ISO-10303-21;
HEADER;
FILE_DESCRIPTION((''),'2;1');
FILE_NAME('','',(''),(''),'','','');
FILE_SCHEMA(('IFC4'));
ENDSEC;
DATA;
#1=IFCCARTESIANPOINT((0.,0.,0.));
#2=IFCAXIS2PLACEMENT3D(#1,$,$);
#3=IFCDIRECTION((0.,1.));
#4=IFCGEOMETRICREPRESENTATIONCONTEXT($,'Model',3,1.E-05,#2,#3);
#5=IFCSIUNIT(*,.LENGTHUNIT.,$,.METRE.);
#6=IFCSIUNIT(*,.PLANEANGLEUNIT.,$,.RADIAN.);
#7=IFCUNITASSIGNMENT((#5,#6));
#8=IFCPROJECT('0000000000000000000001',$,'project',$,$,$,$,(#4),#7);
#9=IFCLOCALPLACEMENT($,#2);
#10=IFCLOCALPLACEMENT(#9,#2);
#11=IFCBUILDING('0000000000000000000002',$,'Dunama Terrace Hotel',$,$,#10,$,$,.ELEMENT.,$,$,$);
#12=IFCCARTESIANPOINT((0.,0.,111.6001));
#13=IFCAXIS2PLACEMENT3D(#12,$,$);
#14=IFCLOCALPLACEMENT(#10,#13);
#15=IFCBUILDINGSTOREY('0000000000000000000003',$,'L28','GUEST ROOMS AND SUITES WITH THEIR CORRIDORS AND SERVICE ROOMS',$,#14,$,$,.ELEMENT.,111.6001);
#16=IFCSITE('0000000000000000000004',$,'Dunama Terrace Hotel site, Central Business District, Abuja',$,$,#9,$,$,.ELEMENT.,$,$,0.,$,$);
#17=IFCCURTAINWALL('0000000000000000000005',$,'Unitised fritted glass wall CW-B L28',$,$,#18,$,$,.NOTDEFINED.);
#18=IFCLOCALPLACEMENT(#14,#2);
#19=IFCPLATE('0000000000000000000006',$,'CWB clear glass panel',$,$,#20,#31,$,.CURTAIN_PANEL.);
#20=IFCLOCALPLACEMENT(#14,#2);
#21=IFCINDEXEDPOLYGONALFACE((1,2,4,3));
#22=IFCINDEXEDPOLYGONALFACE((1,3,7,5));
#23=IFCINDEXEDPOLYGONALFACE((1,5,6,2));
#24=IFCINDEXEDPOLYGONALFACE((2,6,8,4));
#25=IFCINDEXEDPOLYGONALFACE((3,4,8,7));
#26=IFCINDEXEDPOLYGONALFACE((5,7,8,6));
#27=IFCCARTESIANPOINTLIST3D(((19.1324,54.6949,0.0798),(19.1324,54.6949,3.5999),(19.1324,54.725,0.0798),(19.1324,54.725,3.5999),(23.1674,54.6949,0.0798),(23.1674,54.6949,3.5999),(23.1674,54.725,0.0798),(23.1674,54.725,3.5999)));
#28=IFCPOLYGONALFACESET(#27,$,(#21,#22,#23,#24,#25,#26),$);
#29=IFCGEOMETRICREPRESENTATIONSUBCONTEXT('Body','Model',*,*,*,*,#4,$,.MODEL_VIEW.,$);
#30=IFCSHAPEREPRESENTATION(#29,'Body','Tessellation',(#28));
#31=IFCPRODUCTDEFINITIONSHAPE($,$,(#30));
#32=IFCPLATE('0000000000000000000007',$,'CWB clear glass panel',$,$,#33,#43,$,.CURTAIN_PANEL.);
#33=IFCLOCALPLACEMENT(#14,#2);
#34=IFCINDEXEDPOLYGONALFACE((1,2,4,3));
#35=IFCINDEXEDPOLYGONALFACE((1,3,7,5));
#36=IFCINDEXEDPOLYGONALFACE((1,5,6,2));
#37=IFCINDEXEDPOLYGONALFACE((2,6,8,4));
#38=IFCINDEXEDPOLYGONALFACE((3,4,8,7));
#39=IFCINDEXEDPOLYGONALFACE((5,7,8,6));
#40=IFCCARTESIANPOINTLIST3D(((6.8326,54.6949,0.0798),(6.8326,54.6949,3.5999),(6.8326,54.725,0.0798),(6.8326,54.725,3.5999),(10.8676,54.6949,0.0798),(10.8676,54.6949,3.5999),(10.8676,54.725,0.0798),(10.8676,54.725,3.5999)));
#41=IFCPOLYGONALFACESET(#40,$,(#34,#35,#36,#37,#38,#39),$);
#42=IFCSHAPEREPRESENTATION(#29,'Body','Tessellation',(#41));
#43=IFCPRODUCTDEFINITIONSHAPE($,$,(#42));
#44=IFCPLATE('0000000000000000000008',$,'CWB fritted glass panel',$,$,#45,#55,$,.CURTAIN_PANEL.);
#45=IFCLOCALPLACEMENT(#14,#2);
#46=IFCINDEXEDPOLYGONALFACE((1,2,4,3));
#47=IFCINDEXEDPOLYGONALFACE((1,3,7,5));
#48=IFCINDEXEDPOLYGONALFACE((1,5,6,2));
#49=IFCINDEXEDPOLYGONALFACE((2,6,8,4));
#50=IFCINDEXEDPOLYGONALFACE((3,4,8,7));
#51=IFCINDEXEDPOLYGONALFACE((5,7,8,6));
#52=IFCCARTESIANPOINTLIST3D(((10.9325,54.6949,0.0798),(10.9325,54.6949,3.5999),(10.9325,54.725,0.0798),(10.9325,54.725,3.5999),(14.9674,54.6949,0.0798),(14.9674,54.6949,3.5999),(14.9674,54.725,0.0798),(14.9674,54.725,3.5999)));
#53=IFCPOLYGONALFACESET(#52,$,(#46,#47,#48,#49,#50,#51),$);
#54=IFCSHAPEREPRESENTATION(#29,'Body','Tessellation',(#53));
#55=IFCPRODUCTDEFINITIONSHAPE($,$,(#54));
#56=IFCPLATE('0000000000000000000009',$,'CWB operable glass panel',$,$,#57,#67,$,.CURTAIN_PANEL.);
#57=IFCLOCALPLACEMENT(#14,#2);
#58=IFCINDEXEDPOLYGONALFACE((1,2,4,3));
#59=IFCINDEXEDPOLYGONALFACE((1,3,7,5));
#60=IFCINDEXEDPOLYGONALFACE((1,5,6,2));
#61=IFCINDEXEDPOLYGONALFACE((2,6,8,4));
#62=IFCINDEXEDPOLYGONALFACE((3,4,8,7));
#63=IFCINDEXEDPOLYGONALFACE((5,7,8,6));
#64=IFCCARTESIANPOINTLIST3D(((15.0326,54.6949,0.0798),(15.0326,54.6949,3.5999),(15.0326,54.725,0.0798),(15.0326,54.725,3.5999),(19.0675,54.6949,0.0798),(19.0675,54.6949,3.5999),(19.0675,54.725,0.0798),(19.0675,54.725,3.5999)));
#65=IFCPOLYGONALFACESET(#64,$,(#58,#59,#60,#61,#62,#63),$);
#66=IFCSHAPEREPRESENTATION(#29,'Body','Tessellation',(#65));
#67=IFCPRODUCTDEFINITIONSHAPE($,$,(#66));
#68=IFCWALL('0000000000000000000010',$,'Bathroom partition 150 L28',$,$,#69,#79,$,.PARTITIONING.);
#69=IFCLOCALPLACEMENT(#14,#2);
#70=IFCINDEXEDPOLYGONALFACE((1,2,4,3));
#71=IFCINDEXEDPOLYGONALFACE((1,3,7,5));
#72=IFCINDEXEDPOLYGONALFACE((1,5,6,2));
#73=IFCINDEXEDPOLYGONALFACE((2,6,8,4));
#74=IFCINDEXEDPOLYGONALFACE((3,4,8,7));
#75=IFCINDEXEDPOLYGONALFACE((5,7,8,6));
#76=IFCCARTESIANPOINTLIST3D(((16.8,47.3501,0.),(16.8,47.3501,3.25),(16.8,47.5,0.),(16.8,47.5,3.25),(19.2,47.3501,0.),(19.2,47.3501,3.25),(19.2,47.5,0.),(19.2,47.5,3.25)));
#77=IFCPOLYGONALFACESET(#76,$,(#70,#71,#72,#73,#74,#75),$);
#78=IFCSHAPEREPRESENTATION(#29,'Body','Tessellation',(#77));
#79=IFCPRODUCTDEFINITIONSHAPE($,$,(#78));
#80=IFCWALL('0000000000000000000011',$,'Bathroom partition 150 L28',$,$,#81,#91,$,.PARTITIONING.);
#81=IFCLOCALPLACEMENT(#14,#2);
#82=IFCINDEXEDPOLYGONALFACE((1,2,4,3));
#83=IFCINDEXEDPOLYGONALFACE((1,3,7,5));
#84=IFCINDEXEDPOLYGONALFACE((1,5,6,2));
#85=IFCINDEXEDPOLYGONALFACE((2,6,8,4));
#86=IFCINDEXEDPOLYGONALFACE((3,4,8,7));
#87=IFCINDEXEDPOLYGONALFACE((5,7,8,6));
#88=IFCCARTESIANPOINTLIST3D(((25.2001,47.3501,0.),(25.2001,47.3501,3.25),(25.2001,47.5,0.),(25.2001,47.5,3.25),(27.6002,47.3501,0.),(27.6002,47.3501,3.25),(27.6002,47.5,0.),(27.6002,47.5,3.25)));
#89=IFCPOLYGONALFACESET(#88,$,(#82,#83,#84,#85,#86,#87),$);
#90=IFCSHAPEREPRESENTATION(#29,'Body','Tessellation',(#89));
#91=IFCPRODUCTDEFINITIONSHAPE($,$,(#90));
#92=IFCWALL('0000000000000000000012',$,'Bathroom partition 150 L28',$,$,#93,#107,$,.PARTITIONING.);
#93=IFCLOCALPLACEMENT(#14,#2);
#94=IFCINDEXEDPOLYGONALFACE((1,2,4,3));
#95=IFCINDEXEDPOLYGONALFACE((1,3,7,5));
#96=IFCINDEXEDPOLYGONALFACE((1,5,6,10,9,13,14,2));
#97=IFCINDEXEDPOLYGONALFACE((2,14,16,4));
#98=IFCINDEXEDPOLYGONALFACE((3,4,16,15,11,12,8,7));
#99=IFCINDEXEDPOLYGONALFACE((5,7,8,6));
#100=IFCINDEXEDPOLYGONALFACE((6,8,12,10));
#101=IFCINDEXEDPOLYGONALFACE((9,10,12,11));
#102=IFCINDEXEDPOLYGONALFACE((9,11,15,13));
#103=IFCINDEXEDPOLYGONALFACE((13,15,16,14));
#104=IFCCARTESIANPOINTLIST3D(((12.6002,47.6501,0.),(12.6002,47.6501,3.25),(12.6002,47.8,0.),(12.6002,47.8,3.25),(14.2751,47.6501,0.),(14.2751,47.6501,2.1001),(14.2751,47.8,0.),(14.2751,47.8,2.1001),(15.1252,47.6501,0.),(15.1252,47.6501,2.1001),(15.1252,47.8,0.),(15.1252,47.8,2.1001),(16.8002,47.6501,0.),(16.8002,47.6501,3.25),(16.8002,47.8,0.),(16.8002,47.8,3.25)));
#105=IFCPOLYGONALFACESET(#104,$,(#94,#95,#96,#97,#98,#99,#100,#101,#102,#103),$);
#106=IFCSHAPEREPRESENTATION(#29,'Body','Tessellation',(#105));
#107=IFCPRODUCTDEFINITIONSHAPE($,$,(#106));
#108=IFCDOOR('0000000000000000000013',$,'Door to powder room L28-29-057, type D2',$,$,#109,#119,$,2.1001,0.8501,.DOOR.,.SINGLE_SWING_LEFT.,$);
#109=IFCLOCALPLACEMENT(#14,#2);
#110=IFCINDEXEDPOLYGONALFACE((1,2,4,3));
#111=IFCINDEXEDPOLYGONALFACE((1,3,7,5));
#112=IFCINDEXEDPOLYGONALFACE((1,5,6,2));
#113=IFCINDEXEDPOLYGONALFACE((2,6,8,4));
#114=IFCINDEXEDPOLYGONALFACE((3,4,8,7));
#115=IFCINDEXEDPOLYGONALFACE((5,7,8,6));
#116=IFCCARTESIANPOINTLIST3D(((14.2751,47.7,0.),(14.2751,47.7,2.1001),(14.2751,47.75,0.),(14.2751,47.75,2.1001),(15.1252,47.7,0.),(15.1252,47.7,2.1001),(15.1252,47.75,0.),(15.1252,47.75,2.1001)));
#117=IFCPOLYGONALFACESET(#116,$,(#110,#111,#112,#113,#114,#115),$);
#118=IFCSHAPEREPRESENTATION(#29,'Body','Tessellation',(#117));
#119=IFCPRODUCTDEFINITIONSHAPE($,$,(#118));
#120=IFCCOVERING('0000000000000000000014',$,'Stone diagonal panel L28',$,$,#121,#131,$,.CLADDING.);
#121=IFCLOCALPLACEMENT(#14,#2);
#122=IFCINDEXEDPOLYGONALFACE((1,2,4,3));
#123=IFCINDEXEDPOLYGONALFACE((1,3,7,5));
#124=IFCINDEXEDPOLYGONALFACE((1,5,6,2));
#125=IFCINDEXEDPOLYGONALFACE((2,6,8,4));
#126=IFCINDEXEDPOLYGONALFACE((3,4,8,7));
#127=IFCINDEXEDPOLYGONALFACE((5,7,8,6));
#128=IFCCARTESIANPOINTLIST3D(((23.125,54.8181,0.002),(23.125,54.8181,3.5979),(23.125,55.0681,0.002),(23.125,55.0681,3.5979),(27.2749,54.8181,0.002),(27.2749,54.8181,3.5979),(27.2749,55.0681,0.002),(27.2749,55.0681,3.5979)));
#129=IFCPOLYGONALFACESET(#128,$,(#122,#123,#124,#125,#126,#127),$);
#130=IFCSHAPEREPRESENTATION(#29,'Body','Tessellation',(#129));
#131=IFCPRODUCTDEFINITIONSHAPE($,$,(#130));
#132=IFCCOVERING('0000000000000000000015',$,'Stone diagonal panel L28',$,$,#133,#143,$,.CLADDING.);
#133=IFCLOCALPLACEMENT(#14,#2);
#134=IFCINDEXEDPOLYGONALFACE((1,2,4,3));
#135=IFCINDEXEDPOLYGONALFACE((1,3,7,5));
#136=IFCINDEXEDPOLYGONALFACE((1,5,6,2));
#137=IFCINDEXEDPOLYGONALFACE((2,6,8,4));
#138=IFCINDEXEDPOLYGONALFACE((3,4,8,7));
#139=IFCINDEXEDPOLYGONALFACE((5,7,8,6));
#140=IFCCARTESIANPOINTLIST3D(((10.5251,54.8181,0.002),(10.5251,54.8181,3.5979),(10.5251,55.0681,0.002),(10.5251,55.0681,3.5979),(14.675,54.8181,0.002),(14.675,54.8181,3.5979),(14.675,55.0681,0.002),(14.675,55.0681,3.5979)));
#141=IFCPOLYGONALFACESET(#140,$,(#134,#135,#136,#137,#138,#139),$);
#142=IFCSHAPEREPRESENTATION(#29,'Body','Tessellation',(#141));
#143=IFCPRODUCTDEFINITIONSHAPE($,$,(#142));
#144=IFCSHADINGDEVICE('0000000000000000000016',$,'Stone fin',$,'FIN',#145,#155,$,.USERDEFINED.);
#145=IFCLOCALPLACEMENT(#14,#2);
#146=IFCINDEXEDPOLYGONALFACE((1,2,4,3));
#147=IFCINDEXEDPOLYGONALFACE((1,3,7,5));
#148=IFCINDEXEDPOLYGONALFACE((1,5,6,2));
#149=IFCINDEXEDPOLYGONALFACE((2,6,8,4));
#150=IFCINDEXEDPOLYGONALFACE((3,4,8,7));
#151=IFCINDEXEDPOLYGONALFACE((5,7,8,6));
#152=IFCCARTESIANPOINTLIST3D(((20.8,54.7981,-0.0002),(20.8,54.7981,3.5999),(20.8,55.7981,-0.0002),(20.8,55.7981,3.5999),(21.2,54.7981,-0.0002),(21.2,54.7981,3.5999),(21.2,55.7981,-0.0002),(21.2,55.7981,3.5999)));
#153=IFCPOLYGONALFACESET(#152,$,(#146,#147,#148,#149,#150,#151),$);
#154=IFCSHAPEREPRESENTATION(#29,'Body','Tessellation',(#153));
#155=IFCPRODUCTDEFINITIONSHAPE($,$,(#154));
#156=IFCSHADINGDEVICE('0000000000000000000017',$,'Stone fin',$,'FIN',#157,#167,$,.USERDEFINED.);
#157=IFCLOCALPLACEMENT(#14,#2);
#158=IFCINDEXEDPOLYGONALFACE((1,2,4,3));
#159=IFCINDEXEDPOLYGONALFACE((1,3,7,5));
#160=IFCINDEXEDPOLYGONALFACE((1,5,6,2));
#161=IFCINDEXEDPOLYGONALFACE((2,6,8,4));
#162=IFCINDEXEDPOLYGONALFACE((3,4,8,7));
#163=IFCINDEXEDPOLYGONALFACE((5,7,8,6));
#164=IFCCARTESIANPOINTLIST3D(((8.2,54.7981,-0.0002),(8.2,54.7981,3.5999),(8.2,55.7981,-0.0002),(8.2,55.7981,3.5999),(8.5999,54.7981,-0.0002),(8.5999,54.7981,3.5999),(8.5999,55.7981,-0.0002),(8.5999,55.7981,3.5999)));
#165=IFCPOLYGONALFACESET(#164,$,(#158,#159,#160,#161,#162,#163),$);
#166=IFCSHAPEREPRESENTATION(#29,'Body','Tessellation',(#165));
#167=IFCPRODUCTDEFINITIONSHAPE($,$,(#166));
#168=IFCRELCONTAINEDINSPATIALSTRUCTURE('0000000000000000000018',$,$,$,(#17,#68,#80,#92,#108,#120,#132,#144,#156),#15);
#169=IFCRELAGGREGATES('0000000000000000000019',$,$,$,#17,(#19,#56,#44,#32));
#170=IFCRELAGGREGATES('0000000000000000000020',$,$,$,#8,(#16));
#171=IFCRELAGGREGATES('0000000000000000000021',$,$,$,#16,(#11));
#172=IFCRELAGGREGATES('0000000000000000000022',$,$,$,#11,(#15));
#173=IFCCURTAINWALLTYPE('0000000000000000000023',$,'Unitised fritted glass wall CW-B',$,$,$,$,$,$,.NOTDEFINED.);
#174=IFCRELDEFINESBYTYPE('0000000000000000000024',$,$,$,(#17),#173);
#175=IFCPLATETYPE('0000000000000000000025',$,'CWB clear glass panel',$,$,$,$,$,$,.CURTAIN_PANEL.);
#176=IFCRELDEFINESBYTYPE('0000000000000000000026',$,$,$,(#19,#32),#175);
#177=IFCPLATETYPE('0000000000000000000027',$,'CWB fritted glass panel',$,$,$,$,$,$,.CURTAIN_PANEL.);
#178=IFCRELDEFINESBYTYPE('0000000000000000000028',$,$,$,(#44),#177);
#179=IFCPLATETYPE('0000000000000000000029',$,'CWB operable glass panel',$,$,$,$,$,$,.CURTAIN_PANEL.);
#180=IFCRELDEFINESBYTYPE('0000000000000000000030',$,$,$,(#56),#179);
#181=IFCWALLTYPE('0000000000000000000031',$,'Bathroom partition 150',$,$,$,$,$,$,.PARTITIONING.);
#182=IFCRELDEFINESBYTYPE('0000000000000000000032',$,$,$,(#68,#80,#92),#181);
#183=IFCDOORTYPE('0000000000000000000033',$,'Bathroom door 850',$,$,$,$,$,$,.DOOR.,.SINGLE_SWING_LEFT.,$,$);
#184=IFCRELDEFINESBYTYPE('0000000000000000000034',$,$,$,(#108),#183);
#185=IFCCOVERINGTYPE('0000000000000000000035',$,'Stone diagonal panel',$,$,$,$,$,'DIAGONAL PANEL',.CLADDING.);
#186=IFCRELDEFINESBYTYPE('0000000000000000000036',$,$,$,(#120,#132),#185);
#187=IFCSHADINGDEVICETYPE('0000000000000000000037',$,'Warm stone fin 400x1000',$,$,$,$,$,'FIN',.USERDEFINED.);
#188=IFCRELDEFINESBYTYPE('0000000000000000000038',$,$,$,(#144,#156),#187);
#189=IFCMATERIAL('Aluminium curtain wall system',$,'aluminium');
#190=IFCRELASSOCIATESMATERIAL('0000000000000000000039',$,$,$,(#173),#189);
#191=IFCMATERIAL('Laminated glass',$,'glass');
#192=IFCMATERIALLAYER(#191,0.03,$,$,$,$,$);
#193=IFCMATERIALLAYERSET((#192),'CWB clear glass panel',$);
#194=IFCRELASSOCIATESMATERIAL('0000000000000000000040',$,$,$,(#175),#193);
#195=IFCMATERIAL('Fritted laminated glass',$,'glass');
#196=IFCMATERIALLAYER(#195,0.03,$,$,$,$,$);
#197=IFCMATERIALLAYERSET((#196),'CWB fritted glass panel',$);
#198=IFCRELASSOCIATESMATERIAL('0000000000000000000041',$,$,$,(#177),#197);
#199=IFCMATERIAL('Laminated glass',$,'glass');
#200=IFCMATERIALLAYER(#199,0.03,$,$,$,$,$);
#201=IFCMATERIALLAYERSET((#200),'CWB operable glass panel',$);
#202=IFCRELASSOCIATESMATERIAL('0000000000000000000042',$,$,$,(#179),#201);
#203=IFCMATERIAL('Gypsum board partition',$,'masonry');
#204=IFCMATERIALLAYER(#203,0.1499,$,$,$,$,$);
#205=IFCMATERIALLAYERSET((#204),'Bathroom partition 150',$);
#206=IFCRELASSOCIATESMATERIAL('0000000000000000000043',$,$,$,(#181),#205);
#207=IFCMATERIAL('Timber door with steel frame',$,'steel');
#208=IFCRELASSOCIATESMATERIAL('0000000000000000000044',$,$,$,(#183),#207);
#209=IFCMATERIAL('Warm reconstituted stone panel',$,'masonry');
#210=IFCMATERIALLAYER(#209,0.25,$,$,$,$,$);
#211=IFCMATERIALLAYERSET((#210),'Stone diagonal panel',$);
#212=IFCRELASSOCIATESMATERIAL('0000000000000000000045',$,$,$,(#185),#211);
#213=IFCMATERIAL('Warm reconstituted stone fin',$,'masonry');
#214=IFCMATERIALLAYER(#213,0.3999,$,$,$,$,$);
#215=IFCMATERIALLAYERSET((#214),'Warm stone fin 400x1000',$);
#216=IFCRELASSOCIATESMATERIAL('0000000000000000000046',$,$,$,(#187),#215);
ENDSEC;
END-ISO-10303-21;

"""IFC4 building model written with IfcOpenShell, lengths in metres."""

from ifc_helpers import new_model, si_unit, direction, frame, frame_2d, origin, origin_2d, place, context, subcontext, project, spatial, rectangle, extrude, material, layer, layer_set, type_object, element, fill, aggregate, save


model = new_model("IFC4")

# Units and contexts
model_context = context("Model", 3, precision=1e-05, world=origin(), true_north=direction((0.0, 1.0)))
body_context = subcontext(model_context, "Body", "Model", "MODEL_VIEW")
ifc_project = project(units=[si_unit("LENGTHUNIT", "METRE"), si_unit("PLANEANGLEUNIT", "RADIAN")], contexts=[model_context])

# Site, building, storey
site_placement = place(None, origin())
site = spatial("IfcSite", under=ifc_project, at=site_placement, Name="Dunama Terrace Hotel site, Central Business District, Abuja", CompositionType="ELEMENT", RefElevation=0.0)
building_placement = place(site_placement, origin())
building = spatial("IfcBuilding", under=site, at=building_placement, Name="Dunama Terrace Hotel", CompositionType="ELEMENT")
storey_placement = place(building_placement, frame((0.0, 0.0, 111.6001)))
storey = spatial("IfcBuildingStorey", under=building, at=storey_placement, Name="L28", Description="GUEST ROOMS AND SUITES WITH THEIR CORRIDORS AND SERVICE ROOMS", CompositionType="ELEMENT", Elevation=111.6001)

# Curtain wall
ifc_material_1 = material(Name="Aluminium curtain wall system", Category="aluminium")
curtain_wall_type = type_object("IfcCurtainWallType", Name="Unitised fritted glass wall CW-B", PredefinedType="NOTDEFINED", material=ifc_material_1)
curtain_wall_placement = place(storey_placement, origin())
curtain_wall = element("IfcCurtainWall", 1, at=curtain_wall_placement, inside=storey, type_object=curtain_wall_type, Name="Unitised fritted glass wall CW-B L28", PredefinedType="NOTDEFINED")

# Plates
ifc_material_2 = material(Name="Laminated glass", Category="glass")
ifc_layer_1 = layer(ifc_material_2, 0.03)
ifc_layer_set_1 = layer_set([ifc_layer_1], Name="CWB clear glass panel")
plate_type_1 = type_object("IfcPlateType", Name="CWB clear glass panel", PredefinedType="CURTAIN_PANEL", material=ifc_layer_set_1)
plate_1_placement = place(storey_placement, frame((21.1499, 54.71, 0.0798), z_axis=(0.0, 0.0, 1.0), x_axis=(-1.0, 0.0, 0.0)))
plate_1 = element("IfcPlate", 2, at=plate_1_placement, type_object=plate_type_1, Name="CWB clear glass panel", PredefinedType="CURTAIN_PANEL", context=body_context, shape_type="SweptSolid", body=[
    extrude(rectangle(XDim=4.0349, YDim=0.03, at=origin_2d()), origin(), (0.0, 0.0, 1.0), 3.52),
])
plate_2_placement = place(storey_placement, frame((8.8501, 54.71, 0.0798), z_axis=(0.0, 0.0, 1.0), x_axis=(-1.0, 0.0, 0.0)))
plate_2 = element("IfcPlate", 3, at=plate_2_placement, type_object=plate_type_1, Name="CWB clear glass panel", PredefinedType="CURTAIN_PANEL", context=body_context, shape_type="SweptSolid", body=[
    extrude(rectangle(XDim=4.0349, YDim=0.03, at=origin_2d()), origin(), (0.0, 0.0, 1.0), 3.52),
])
ifc_material_3 = material(Name="Fritted laminated glass", Category="glass")
ifc_layer_2 = layer(ifc_material_3, 0.03)
ifc_layer_set_2 = layer_set([ifc_layer_2], Name="CWB fritted glass panel")
plate_type_2 = type_object("IfcPlateType", Name="CWB fritted glass panel", PredefinedType="CURTAIN_PANEL", material=ifc_layer_set_2)
plate_3_placement = place(storey_placement, frame((12.95, 54.71, 0.0798), z_axis=(0.0, 0.0, 1.0), x_axis=(-1.0, 0.0, 0.0)))
plate_3 = element("IfcPlate", 4, at=plate_3_placement, type_object=plate_type_2, Name="CWB fritted glass panel", PredefinedType="CURTAIN_PANEL", context=body_context, shape_type="SweptSolid", body=[
    extrude(rectangle(XDim=4.0349, YDim=0.03, at=origin_2d()), origin(), (0.0, 0.0, 1.0), 3.52),
])
ifc_material_4 = material(Name="Laminated glass", Category="glass")
ifc_layer_3 = layer(ifc_material_4, 0.03)
ifc_layer_set_3 = layer_set([ifc_layer_3], Name="CWB operable glass panel")
plate_type_3 = type_object("IfcPlateType", Name="CWB operable glass panel", PredefinedType="CURTAIN_PANEL", material=ifc_layer_set_3)
plate_4_placement = place(storey_placement, frame((17.05, 54.71, 0.0798), z_axis=(0.0, 0.0, 1.0), x_axis=(-1.0, 0.0, 0.0)))
plate_4 = element("IfcPlate", 5, at=plate_4_placement, type_object=plate_type_3, Name="CWB operable glass panel", PredefinedType="CURTAIN_PANEL", context=body_context, shape_type="SweptSolid", body=[
    extrude(rectangle(XDim=4.0349, YDim=0.03, at=origin_2d()), origin(), (0.0, 0.0, 1.0), 3.52),
])
aggregate(curtain_wall, [plate_1, plate_4, plate_3, plate_2])

# Walls
ifc_material_5 = material(Name="Gypsum board partition", Category="masonry")
ifc_layer_4 = layer(ifc_material_5, 0.1499)
ifc_layer_set_4 = layer_set([ifc_layer_4], Name="Bathroom partition 150")
wall_type = type_object("IfcWallType", Name="Bathroom partition 150", PredefinedType="PARTITIONING", material=ifc_layer_set_4)
wall_1_placement = place(storey_placement, frame((16.8, 47.425, 0.0), z_axis=(0.0, 0.0, 1.0), x_axis=(1.0, 0.0, 0.0)))
element("IfcWall", 6, at=wall_1_placement, inside=storey, type_object=wall_type, Name="Bathroom partition 150 L28", PredefinedType="PARTITIONING", context=body_context, shape_type="SweptSolid", body=[
    extrude(rectangle(XDim=2.3999, YDim=0.1499, at=frame_2d((1.2, 0.0))), origin(), (0.0, 0.0, 1.0), 3.25),
])
wall_2_placement = place(storey_placement, frame((25.2, 47.425, 0.0), z_axis=(0.0, 0.0, 1.0), x_axis=(1.0, 0.0, 0.0)))
element("IfcWall", 7, at=wall_2_placement, inside=storey, type_object=wall_type, Name="Bathroom partition 150 L28", PredefinedType="PARTITIONING", context=body_context, shape_type="SweptSolid", body=[
    extrude(rectangle(XDim=2.4001, YDim=0.1499, at=frame_2d((1.2002, 0.0))), origin(), (0.0, 0.0, 1.0), 3.25),
])

# Wall, opening, door
wall_3_placement = place(storey_placement, frame((12.6001, 47.7251, 0.0), z_axis=(0.0, 0.0, 1.0), x_axis=(1.0, 0.0, 0.0)))
wall_3 = element("IfcWall", 8, at=wall_3_placement, inside=storey, type_object=wall_type, Name="Bathroom partition 150 L28", PredefinedType="PARTITIONING", context=body_context, shape_type="SweptSolid", body=[
    extrude(rectangle(XDim=4.2, YDim=0.1499, at=frame_2d((2.1001, 0.0))), origin(), (0.0, 0.0, 1.0), 3.25),
])
opening_placement = place(wall_3_placement, frame((1.675, 0.0, 0.0)))
opening = element("IfcOpeningElement", 9, at=opening_placement, cuts=wall_3, PredefinedType="OPENING", context=body_context, shape_type="SweptSolid", body=[
    extrude(rectangle(XDim=0.8501, YDim=2.1001, at=frame_2d((0.425, 1.05))), frame((0.0, 0.085, 0.0), z_axis=(0.0, -1.0, 0.0), x_axis=(1.0, 0.0, 0.0)), (0.0, 0.0, 1.0), 0.1699),
])
ifc_material_6 = material(Name="Timber door with steel frame", Category="steel")
door_type = type_object("IfcDoorType", Name="Bathroom door 850", OperationType="SINGLE_SWING_LEFT", PredefinedType="DOOR", material=ifc_material_6)
door_placement = place(opening_placement, frame((0.8501, 0.0, 0.0), z_axis=(0.0, 0.0, 1.0), x_axis=(-1.0, 0.0, 0.0)))
door = element("IfcDoor", 10, at=door_placement, inside=storey, type_object=door_type, Name="Door to powder room L28-29-057, type D2", OperationType="SINGLE_SWING_LEFT", OverallHeight=2.1001, OverallWidth=0.8501, PredefinedType="DOOR", context=body_context, shape_type="SweptSolid", body=[
    extrude(rectangle(XDim=0.8501, YDim=2.1001, at=frame_2d((0.425, 1.05))), frame((0.0, 0.0251, 0.0), z_axis=(0.0, -1.0, 0.0), x_axis=(1.0, 0.0, 0.0)), (0.0, 0.0, 1.0), 0.05),
])
fill(opening, door)

# Coverings
ifc_material_7 = material(Name="Warm reconstituted stone panel", Category="masonry")
ifc_layer_5 = layer(ifc_material_7, 0.25)
ifc_layer_set_5 = layer_set([ifc_layer_5], Name="Stone diagonal panel")
covering_type = type_object("IfcCoveringType", Name="Stone diagonal panel", ElementType="DIAGONAL PANEL", PredefinedType="CLADDING", material=ifc_layer_set_5)
for number, where, z_axis, x_axis, name in (
    (11, (25.2, 54.9431, 0.002), (0.0, 0.0, 1.0), (-1.0, 0.0, 0.0), "Stone diagonal panel L28"),
    (12, (12.6001, 54.9431, 0.002), (0.0, 0.0, 1.0), (-1.0, 0.0, 0.0), "Stone diagonal panel L28"),
):
    element("IfcCovering", number, at=place(storey_placement, frame(where, z_axis=z_axis, x_axis=x_axis)), inside=storey, type_object=covering_type, Name=name, PredefinedType="CLADDING", context=body_context, shape_type="SweptSolid", body=[
        extrude(rectangle(XDim=4.1499, YDim=0.25, at=origin_2d()), origin(), (0.0, 0.0, 1.0), 3.5959),
    ])

# Shading devices
ifc_material_8 = material(Name="Warm reconstituted stone fin", Category="masonry")
ifc_layer_6 = layer(ifc_material_8, 0.3999)
ifc_layer_set_6 = layer_set([ifc_layer_6], Name="Warm stone fin 400x1000")
shading_device_type = type_object("IfcShadingDeviceType", Name="Warm stone fin 400x1000", ElementType="FIN", PredefinedType="USERDEFINED", material=ifc_layer_set_6)
for number, where, z_axis, x_axis, name in (
    (13, (21.0, 55.2981, -0.0002), (0.0, 0.0, 1.0), (-1.0, 0.0, 0.0), "Stone fin"),
    (14, (8.3999, 55.2981, -0.0002), (0.0, 0.0, 1.0), (-1.0, 0.0, 0.0), "Stone fin"),
):
    element("IfcShadingDevice", number, at=place(storey_placement, frame(where, z_axis=z_axis, x_axis=x_axis)), inside=storey, type_object=shading_device_type, Name=name, ObjectType="FIN", PredefinedType="USERDEFINED", context=body_context, shape_type="SweptSolid", body=[
        extrude(rectangle(XDim=0.3999, YDim=1.0, at=origin_2d()), origin(), (0.0, 0.0, 1.0), 3.6001),
    ])

save(model, "model.ifc")
